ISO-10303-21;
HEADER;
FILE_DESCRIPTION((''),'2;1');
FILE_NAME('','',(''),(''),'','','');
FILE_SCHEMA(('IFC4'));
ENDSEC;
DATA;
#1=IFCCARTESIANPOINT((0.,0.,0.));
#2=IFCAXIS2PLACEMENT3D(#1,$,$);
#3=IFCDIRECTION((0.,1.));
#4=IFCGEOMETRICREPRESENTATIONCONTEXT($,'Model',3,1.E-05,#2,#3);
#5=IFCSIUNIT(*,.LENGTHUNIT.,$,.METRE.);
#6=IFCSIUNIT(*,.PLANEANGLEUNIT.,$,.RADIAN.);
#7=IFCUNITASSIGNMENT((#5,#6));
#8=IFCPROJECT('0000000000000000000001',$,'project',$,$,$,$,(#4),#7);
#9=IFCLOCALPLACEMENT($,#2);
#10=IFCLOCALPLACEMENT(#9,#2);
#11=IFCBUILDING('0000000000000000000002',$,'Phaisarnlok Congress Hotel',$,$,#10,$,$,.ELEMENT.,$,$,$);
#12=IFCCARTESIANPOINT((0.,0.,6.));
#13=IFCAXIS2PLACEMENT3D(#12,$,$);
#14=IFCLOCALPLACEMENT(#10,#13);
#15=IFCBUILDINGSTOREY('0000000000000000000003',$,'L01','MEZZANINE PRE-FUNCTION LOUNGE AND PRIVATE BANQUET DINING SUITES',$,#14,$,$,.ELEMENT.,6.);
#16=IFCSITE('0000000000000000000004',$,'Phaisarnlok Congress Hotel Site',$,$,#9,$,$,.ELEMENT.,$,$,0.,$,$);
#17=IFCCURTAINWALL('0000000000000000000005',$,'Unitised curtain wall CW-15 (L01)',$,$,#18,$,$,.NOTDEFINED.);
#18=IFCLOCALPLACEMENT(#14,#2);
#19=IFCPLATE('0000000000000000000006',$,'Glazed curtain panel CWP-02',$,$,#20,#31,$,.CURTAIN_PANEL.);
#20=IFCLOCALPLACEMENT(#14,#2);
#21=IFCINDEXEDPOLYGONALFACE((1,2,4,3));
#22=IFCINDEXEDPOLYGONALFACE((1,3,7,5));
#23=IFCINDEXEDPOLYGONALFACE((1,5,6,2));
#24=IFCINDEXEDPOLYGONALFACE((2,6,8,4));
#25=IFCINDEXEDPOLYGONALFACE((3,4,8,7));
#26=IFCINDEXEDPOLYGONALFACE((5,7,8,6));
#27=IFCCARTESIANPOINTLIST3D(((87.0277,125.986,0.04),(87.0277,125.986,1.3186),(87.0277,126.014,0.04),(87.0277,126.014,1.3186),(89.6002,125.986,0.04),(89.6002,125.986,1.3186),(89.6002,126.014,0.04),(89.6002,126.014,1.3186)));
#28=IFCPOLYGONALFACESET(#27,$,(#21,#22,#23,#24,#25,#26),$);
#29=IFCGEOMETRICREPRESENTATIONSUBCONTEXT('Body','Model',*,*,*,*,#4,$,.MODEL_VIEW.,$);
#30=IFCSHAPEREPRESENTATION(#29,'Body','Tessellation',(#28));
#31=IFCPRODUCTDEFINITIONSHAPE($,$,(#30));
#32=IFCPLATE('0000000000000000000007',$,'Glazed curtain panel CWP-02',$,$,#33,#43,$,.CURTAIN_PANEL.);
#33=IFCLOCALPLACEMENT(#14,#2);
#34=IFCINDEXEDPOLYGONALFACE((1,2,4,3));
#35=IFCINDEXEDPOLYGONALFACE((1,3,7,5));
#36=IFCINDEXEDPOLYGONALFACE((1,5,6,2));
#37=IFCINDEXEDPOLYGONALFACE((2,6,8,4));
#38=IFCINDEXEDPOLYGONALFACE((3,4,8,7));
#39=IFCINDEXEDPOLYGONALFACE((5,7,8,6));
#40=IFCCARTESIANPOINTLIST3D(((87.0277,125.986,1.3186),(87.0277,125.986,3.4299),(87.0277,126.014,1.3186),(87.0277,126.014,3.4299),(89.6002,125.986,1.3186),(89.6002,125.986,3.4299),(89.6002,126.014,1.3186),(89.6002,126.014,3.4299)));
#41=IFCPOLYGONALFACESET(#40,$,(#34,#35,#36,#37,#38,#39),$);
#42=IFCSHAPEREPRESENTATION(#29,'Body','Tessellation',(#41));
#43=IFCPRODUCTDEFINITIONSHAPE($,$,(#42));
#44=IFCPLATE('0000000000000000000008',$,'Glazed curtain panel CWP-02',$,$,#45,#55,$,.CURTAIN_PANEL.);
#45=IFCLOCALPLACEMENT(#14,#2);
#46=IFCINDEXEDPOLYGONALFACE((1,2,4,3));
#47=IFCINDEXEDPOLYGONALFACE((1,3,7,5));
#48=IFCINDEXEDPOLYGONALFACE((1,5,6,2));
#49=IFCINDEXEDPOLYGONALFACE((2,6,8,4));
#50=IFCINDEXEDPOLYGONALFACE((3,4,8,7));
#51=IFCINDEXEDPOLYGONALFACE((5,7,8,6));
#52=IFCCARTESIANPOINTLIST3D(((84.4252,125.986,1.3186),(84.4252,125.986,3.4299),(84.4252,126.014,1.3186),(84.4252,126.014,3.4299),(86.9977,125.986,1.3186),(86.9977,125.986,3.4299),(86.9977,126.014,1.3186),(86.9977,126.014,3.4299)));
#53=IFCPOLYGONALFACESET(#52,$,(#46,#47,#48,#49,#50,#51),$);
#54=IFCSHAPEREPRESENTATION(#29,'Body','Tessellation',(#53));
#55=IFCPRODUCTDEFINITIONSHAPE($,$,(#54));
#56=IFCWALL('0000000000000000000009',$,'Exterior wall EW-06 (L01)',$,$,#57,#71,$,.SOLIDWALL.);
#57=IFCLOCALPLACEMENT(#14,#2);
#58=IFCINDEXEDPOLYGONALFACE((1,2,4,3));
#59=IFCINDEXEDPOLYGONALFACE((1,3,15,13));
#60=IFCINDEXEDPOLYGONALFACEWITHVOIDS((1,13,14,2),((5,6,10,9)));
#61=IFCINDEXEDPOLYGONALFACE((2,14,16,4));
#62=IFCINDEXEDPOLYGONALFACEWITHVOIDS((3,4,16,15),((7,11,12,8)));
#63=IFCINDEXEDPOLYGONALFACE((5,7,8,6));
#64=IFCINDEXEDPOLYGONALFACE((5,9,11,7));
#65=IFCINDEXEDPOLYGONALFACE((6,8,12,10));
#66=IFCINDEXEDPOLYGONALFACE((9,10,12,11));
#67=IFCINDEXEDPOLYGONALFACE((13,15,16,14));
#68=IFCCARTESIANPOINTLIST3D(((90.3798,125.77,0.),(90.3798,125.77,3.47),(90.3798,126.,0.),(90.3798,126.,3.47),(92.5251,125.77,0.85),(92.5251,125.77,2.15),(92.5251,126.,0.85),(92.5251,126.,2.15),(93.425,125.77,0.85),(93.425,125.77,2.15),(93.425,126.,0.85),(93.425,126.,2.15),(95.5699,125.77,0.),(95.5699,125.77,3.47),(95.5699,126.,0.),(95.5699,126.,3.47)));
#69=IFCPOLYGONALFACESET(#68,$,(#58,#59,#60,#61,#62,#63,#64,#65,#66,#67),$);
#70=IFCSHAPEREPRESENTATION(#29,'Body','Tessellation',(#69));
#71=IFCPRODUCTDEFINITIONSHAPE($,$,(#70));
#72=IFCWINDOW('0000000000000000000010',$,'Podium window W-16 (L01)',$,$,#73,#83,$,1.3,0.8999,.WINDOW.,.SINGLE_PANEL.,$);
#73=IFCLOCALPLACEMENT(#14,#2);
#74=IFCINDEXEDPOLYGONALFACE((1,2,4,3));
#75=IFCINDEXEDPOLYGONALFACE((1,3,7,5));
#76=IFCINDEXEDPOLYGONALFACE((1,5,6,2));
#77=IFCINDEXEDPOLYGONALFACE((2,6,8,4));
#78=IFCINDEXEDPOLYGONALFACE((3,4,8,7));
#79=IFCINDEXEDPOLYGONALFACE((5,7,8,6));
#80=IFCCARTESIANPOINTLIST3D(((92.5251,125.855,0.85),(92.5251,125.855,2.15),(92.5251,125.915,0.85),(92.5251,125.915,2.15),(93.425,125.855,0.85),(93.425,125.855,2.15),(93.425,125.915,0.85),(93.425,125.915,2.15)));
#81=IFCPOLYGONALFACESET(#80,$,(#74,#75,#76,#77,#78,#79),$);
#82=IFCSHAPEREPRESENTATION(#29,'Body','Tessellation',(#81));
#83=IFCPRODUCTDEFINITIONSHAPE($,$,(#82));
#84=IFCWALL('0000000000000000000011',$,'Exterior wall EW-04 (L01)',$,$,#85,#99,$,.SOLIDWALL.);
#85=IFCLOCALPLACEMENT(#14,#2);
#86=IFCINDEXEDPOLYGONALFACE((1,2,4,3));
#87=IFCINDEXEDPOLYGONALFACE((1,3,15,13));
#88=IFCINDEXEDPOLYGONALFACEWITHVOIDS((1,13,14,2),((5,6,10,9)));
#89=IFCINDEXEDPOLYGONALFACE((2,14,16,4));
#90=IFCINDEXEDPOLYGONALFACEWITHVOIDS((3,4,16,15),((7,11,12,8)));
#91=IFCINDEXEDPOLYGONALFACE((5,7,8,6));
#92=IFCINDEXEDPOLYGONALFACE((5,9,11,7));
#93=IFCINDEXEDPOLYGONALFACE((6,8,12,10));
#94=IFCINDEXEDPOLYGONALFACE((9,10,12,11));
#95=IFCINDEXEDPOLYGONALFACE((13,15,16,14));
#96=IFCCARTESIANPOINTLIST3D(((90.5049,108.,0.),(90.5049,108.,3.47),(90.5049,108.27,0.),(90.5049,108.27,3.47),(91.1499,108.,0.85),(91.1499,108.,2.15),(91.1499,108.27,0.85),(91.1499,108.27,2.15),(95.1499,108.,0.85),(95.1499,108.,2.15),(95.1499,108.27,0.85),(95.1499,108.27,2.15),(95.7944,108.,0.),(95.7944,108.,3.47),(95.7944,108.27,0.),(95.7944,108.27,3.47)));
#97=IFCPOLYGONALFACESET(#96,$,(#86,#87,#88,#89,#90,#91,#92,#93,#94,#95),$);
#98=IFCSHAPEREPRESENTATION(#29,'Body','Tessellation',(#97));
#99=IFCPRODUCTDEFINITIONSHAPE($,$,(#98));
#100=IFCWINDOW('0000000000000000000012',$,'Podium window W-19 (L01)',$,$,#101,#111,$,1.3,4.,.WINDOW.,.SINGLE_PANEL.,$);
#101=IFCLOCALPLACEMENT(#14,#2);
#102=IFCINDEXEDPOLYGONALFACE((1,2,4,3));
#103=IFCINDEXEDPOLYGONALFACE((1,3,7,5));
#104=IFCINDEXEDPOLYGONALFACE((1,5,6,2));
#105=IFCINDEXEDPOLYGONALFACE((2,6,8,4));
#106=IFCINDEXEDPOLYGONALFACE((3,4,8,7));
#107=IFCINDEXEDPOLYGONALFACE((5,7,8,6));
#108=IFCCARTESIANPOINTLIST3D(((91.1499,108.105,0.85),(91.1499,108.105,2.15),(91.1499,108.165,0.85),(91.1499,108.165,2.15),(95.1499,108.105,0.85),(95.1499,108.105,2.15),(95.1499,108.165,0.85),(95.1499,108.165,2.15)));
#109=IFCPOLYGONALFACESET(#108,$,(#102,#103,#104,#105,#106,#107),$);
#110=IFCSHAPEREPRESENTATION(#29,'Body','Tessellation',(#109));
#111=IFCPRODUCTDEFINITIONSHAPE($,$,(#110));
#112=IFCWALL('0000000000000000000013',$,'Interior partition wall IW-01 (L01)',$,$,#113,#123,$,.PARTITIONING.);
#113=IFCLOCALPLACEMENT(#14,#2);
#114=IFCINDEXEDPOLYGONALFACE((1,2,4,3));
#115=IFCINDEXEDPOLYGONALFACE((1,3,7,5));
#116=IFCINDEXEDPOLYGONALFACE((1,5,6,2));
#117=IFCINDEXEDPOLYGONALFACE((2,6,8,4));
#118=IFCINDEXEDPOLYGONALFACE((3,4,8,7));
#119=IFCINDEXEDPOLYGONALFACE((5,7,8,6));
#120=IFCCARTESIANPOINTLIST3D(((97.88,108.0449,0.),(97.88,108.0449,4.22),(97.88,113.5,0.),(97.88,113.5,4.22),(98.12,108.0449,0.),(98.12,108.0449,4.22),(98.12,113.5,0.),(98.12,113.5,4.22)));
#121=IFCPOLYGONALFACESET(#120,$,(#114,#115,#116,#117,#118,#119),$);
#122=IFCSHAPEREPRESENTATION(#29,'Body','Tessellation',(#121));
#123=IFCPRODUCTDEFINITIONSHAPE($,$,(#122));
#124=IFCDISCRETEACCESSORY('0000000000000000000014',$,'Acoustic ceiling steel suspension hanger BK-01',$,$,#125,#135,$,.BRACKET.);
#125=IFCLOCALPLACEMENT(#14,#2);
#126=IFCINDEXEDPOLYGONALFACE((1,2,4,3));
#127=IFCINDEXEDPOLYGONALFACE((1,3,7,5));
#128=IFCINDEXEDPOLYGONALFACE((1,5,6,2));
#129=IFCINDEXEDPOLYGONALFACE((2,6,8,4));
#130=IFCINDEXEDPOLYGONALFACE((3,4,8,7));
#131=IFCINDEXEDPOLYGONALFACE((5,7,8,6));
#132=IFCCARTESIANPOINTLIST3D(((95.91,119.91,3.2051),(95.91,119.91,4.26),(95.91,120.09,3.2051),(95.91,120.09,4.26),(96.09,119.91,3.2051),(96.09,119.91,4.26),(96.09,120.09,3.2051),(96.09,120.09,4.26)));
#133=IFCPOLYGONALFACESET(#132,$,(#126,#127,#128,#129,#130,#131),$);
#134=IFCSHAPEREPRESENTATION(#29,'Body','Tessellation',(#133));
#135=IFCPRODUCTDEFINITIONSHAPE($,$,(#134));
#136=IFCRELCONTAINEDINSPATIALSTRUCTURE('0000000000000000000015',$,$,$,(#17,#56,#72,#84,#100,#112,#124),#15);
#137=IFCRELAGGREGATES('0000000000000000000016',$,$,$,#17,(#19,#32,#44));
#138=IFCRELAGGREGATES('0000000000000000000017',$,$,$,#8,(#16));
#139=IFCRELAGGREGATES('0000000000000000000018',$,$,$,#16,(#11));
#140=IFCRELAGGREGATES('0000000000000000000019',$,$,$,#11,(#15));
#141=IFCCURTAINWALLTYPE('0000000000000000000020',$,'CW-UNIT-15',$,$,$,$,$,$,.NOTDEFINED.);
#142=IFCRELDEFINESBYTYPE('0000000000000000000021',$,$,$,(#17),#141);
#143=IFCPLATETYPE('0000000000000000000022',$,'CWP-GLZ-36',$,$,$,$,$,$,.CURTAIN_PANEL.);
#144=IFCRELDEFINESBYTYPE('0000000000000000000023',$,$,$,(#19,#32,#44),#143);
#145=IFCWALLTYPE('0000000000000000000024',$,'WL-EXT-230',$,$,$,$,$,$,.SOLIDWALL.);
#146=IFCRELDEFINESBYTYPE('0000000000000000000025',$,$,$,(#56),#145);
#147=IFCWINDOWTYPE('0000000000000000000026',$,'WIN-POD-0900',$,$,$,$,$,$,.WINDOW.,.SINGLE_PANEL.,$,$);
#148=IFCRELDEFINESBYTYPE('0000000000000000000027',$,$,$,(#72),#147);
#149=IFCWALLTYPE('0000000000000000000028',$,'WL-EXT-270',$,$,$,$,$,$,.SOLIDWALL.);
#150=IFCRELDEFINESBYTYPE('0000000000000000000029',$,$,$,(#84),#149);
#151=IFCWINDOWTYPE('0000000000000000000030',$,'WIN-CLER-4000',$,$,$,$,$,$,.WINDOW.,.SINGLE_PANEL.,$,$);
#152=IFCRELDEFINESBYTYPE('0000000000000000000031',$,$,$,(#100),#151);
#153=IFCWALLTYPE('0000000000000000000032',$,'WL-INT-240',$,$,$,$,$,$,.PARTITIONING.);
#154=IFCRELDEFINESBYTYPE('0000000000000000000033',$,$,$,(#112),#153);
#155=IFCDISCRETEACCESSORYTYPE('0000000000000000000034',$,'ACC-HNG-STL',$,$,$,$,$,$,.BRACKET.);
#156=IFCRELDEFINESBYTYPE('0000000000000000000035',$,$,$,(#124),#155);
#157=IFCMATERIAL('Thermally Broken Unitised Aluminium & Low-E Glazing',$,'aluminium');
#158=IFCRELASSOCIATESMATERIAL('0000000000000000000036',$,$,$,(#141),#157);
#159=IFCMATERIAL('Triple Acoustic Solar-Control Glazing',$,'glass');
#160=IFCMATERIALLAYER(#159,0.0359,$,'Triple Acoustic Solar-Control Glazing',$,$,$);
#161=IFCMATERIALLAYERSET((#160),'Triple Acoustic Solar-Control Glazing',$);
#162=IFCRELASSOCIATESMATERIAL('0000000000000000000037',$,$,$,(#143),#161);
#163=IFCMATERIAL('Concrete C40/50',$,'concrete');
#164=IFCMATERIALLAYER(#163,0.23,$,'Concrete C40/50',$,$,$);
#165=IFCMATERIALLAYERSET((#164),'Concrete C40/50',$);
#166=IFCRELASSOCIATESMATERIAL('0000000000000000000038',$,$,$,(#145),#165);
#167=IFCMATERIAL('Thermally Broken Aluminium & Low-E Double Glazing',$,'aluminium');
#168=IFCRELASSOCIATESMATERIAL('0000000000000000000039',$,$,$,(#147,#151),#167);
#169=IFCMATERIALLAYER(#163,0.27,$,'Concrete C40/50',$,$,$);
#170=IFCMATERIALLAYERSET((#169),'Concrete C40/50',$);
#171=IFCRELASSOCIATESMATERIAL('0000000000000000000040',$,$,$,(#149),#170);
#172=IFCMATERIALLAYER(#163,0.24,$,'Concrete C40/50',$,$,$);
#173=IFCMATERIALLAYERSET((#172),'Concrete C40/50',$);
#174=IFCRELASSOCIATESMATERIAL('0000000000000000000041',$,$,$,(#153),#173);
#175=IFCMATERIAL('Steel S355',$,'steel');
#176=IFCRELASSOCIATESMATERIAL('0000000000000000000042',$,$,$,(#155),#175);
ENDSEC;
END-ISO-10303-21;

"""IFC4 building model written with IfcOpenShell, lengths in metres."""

from ifc_helpers import new_model, si_unit, direction, frame, frame_2d, origin, origin_2d, place, context, subcontext, project, spatial, rectangle, extrude, material, layer, layer_set, type_object, element, fill, aggregate, save


model = new_model("IFC4")

# Units and contexts
model_context = context("Model", 3, precision=1e-05, world=origin(), true_north=direction((0.0, 1.0)))
body_context = subcontext(model_context, "Body", "Model", "MODEL_VIEW")
ifc_project = project(units=[si_unit("LENGTHUNIT", "METRE"), si_unit("PLANEANGLEUNIT", "RADIAN")], contexts=[model_context])

# Site, building, storey
site_placement = place(None, origin())
site = spatial("IfcSite", under=ifc_project, at=site_placement, Name="Phaisarnlok Congress Hotel Site", CompositionType="ELEMENT", RefElevation=0.0)
building_placement = place(site_placement, origin())
building = spatial("IfcBuilding", under=site, at=building_placement, Name="Phaisarnlok Congress Hotel", CompositionType="ELEMENT")
storey_placement = place(building_placement, frame((0.0, 0.0, 6.0)))
storey = spatial("IfcBuildingStorey", under=building, at=storey_placement, Name="L01", Description="MEZZANINE PRE-FUNCTION LOUNGE AND PRIVATE BANQUET DINING SUITES", CompositionType="ELEMENT", Elevation=6.0)

# Shared definitions
ifc_material_1 = material(Name="Concrete C40/50", Category="concrete")
ifc_material_2 = material(Name="Steel S355", Category="steel")

# Shared definitions
ifc_material_3 = material(Name="Thermally Broken Unitised Aluminium & Low-E Glazing", Category="aluminium")

# Curtain wall
curtain_wall_type_1 = type_object("IfcCurtainWallType", Name="CW-UNIT-15", PredefinedType="NOTDEFINED", material=ifc_material_3)
curtain_wall_1_placement = place(storey_placement, origin())
curtain_wall_1 = element("IfcCurtainWall", 1, at=curtain_wall_1_placement, inside=storey, type_object=curtain_wall_type_1, Name="Unitised curtain wall CW-15 (L01)", PredefinedType="NOTDEFINED")

# Plates
ifc_material_4 = material(Name="Triple Acoustic Solar-Control Glazing", Category="glass")
ifc_layer_1 = layer(ifc_material_4, 0.0359, Name="Triple Acoustic Solar-Control Glazing")
ifc_layer_set_1 = layer_set([ifc_layer_1], Name="Triple Acoustic Solar-Control Glazing")
plate_type = type_object("IfcPlateType", Name="CWP-GLZ-36", PredefinedType="CURTAIN_PANEL", material=ifc_layer_set_1)
plate_1_placement = place(storey_placement, frame((89.6001, 126.0, 0.04), z_axis=(0.0, 0.0, 1.0), x_axis=(-1.0, 0.0, 0.0)))
plate_1 = element("IfcPlate", 2, at=plate_1_placement, type_object=plate_type, Name="Glazed curtain panel CWP-02", PredefinedType="CURTAIN_PANEL", context=body_context, shape_type="SweptSolid", body=[
    extrude(rectangle(XDim=2.5725, YDim=0.0281, at=frame_2d((1.2861, 0.0))), origin(), (0.0, 0.0, 1.0), 1.2786),
])
plate_2_placement = place(storey_placement, frame((89.6001, 126.0, 1.3186), z_axis=(0.0, 0.0, 1.0), x_axis=(-1.0, 0.0, 0.0)))
plate_2 = element("IfcPlate", 3, at=plate_2_placement, type_object=plate_type, Name="Glazed curtain panel CWP-02", PredefinedType="CURTAIN_PANEL", context=body_context, shape_type="SweptSolid", body=[
    extrude(rectangle(XDim=2.5725, YDim=0.0281, at=frame_2d((1.2861, 0.0))), origin(), (0.0, 0.0, 1.0), 2.1113),
])
plate_3_placement = place(storey_placement, frame((86.9976, 126.0, 1.3186), z_axis=(0.0, 0.0, 1.0), x_axis=(-1.0, 0.0, 0.0)))
plate_3 = element("IfcPlate", 4, at=plate_3_placement, type_object=plate_type, Name="Glazed curtain panel CWP-02", PredefinedType="CURTAIN_PANEL", context=body_context, shape_type="SweptSolid", body=[
    extrude(rectangle(XDim=2.5725, YDim=0.0281, at=frame_2d((1.2861, 0.0))), origin(), (0.0, 0.0, 1.0), 2.1113),
])
aggregate(curtain_wall_1, [plate_1, plate_2, plate_3])

# Walls, openings, windows
ifc_layer_2 = layer(ifc_material_1, 0.23, Name="Concrete C40/50")
ifc_layer_set_2 = layer_set([ifc_layer_2], Name="Concrete C40/50")
wall_type_1 = type_object("IfcWallType", Name="WL-EXT-230", PredefinedType="SOLIDWALL", material=ifc_layer_set_2)
wall_1_placement = place(storey_placement, frame((95.5701, 125.885, 0.0), z_axis=(0.0, 0.0, 1.0), x_axis=(-1.0, 0.0, 0.0)))
wall_1 = element("IfcWall", 5, at=wall_1_placement, inside=storey, type_object=wall_type_1, Name="Exterior wall EW-06 (L01)", PredefinedType="SOLIDWALL", context=body_context, shape_type="SweptSolid", body=[
    extrude(rectangle(XDim=5.1902, YDim=0.23, at=frame_2d((2.5952, 0.0))), origin(), (0.0, 0.0, 1.0), 3.47),
])
opening_1_placement = place(wall_1_placement, frame((2.145, 0.0, 0.8501)))
opening_1 = element("IfcOpeningElement", 6, at=opening_1_placement, cuts=wall_1, PredefinedType="OPENING", context=body_context, shape_type="SweptSolid", body=[
    extrude(rectangle(XDim=0.8999, YDim=1.3, at=frame_2d((0.45, 0.6499))), frame((0.0, 0.125, 0.0), z_axis=(0.0, -1.0, 0.0), x_axis=(1.0, 0.0, 0.0)), (0.0, 0.0, 1.0), 0.25),
])
ifc_material_5 = material(Name="Thermally Broken Aluminium & Low-E Double Glazing", Category="aluminium")
window_type_1 = type_object("IfcWindowType", Name="WIN-POD-0900", PartitioningType="SINGLE_PANEL", PredefinedType="WINDOW", material=ifc_material_5)
window_1_placement = place(opening_1_placement, origin())
window_1 = element("IfcWindow", 7, at=window_1_placement, inside=storey, type_object=window_type_1, Name="Podium window W-16 (L01)", OverallHeight=1.3, OverallWidth=0.8999, PartitioningType="SINGLE_PANEL", PredefinedType="WINDOW", context=body_context, shape_type="SweptSolid", body=[
    extrude(rectangle(XDim=0.8999, YDim=1.3, at=frame_2d((0.45, 0.6499))), frame((0.0, 0.03, 0.0), z_axis=(0.0, -1.0, 0.0), x_axis=(1.0, 0.0, 0.0)), (0.0, 0.0, 1.0), 0.0601),
])
fill(opening_1, window_1)
ifc_layer_3 = layer(ifc_material_1, 0.27, Name="Concrete C40/50")
ifc_layer_set_3 = layer_set([ifc_layer_3], Name="Concrete C40/50")
wall_type_2 = type_object("IfcWallType", Name="WL-EXT-270", PredefinedType="SOLIDWALL", material=ifc_layer_set_3)
wall_2_placement = place(storey_placement, frame((90.5049, 108.135, 0.0), z_axis=(0.0, 0.0, 1.0), x_axis=(1.0, 0.0, 0.0)))
wall_2 = element("IfcWall", 8, at=wall_2_placement, inside=storey, type_object=wall_type_2, Name="Exterior wall EW-04 (L01)", PredefinedType="SOLIDWALL", context=body_context, shape_type="SweptSolid", body=[
    extrude(rectangle(XDim=5.2896, YDim=0.27, at=frame_2d((2.6448, 0.0))), origin(), (0.0, 0.0, 1.0), 3.47),
])
opening_2_placement = place(wall_2_placement, frame((0.645, 0.0, 0.8501)))
opening_2 = element("IfcOpeningElement", 9, at=opening_2_placement, cuts=wall_2, PredefinedType="OPENING", context=body_context, shape_type="SweptSolid", body=[
    extrude(rectangle(XDim=4.0, YDim=1.3, at=frame_2d((2.0, 0.6499))), frame((0.0, 0.145, 0.0), z_axis=(0.0, -1.0, 0.0), x_axis=(1.0, 0.0, 0.0)), (0.0, 0.0, 1.0), 0.29),
])
window_type_2 = type_object("IfcWindowType", Name="WIN-CLER-4000", PartitioningType="SINGLE_PANEL", PredefinedType="WINDOW", material=ifc_material_5)
window_2_placement = place(opening_2_placement, origin())
window_2 = element("IfcWindow", 10, at=window_2_placement, inside=storey, type_object=window_type_2, Name="Podium window W-19 (L01)", OverallHeight=1.3, OverallWidth=4.0, PartitioningType="SINGLE_PANEL", PredefinedType="WINDOW", context=body_context, shape_type="SweptSolid", body=[
    extrude(rectangle(XDim=4.0, YDim=1.3, at=frame_2d((2.0, 0.6499))), frame((0.0, 0.03, 0.0), z_axis=(0.0, -1.0, 0.0), x_axis=(1.0, 0.0, 0.0)), (0.0, 0.0, 1.0), 0.0601),
])
fill(opening_2, window_2)

# Wall
ifc_layer_4 = layer(ifc_material_1, 0.24, Name="Concrete C40/50")
ifc_layer_set_4 = layer_set([ifc_layer_4], Name="Concrete C40/50")
wall_type_3 = type_object("IfcWallType", Name="WL-INT-240", PredefinedType="PARTITIONING", material=ifc_layer_set_4)
wall_3_placement = place(storey_placement, frame((98.0, 108.0449, 0.0), z_axis=(0.0, 0.0, 1.0), x_axis=(0.0, 1.0, 0.0)))
element("IfcWall", 11, at=wall_3_placement, inside=storey, type_object=wall_type_3, Name="Interior partition wall IW-01 (L01)", PredefinedType="PARTITIONING", context=body_context, shape_type="SweptSolid", body=[
    extrude(rectangle(XDim=5.4551, YDim=0.24, at=frame_2d((2.7275, 0.0))), origin(), (0.0, 0.0, 1.0), 4.22),
])

# Discrete accessory
discrete_accessory_type = type_object("IfcDiscreteAccessoryType", Name="ACC-HNG-STL", PredefinedType="BRACKET", material=ifc_material_2)
discrete_accessory_placement = place(storey_placement, frame((96.0, 120.0, 3.2051), z_axis=(0.0, 0.0, 1.0), x_axis=(1.0, 0.0, 0.0)))
element("IfcDiscreteAccessory", 12, at=discrete_accessory_placement, inside=storey, type_object=discrete_accessory_type, Name="Acoustic ceiling steel suspension hanger BK-01", PredefinedType="BRACKET", context=body_context, shape_type="SweptSolid", body=[
    extrude(rectangle(XDim=0.1799, YDim=0.1799, at=origin_2d()), origin(), (0.0, 0.0, 1.0), 1.0549),
])

save(model, "model.ifc")
